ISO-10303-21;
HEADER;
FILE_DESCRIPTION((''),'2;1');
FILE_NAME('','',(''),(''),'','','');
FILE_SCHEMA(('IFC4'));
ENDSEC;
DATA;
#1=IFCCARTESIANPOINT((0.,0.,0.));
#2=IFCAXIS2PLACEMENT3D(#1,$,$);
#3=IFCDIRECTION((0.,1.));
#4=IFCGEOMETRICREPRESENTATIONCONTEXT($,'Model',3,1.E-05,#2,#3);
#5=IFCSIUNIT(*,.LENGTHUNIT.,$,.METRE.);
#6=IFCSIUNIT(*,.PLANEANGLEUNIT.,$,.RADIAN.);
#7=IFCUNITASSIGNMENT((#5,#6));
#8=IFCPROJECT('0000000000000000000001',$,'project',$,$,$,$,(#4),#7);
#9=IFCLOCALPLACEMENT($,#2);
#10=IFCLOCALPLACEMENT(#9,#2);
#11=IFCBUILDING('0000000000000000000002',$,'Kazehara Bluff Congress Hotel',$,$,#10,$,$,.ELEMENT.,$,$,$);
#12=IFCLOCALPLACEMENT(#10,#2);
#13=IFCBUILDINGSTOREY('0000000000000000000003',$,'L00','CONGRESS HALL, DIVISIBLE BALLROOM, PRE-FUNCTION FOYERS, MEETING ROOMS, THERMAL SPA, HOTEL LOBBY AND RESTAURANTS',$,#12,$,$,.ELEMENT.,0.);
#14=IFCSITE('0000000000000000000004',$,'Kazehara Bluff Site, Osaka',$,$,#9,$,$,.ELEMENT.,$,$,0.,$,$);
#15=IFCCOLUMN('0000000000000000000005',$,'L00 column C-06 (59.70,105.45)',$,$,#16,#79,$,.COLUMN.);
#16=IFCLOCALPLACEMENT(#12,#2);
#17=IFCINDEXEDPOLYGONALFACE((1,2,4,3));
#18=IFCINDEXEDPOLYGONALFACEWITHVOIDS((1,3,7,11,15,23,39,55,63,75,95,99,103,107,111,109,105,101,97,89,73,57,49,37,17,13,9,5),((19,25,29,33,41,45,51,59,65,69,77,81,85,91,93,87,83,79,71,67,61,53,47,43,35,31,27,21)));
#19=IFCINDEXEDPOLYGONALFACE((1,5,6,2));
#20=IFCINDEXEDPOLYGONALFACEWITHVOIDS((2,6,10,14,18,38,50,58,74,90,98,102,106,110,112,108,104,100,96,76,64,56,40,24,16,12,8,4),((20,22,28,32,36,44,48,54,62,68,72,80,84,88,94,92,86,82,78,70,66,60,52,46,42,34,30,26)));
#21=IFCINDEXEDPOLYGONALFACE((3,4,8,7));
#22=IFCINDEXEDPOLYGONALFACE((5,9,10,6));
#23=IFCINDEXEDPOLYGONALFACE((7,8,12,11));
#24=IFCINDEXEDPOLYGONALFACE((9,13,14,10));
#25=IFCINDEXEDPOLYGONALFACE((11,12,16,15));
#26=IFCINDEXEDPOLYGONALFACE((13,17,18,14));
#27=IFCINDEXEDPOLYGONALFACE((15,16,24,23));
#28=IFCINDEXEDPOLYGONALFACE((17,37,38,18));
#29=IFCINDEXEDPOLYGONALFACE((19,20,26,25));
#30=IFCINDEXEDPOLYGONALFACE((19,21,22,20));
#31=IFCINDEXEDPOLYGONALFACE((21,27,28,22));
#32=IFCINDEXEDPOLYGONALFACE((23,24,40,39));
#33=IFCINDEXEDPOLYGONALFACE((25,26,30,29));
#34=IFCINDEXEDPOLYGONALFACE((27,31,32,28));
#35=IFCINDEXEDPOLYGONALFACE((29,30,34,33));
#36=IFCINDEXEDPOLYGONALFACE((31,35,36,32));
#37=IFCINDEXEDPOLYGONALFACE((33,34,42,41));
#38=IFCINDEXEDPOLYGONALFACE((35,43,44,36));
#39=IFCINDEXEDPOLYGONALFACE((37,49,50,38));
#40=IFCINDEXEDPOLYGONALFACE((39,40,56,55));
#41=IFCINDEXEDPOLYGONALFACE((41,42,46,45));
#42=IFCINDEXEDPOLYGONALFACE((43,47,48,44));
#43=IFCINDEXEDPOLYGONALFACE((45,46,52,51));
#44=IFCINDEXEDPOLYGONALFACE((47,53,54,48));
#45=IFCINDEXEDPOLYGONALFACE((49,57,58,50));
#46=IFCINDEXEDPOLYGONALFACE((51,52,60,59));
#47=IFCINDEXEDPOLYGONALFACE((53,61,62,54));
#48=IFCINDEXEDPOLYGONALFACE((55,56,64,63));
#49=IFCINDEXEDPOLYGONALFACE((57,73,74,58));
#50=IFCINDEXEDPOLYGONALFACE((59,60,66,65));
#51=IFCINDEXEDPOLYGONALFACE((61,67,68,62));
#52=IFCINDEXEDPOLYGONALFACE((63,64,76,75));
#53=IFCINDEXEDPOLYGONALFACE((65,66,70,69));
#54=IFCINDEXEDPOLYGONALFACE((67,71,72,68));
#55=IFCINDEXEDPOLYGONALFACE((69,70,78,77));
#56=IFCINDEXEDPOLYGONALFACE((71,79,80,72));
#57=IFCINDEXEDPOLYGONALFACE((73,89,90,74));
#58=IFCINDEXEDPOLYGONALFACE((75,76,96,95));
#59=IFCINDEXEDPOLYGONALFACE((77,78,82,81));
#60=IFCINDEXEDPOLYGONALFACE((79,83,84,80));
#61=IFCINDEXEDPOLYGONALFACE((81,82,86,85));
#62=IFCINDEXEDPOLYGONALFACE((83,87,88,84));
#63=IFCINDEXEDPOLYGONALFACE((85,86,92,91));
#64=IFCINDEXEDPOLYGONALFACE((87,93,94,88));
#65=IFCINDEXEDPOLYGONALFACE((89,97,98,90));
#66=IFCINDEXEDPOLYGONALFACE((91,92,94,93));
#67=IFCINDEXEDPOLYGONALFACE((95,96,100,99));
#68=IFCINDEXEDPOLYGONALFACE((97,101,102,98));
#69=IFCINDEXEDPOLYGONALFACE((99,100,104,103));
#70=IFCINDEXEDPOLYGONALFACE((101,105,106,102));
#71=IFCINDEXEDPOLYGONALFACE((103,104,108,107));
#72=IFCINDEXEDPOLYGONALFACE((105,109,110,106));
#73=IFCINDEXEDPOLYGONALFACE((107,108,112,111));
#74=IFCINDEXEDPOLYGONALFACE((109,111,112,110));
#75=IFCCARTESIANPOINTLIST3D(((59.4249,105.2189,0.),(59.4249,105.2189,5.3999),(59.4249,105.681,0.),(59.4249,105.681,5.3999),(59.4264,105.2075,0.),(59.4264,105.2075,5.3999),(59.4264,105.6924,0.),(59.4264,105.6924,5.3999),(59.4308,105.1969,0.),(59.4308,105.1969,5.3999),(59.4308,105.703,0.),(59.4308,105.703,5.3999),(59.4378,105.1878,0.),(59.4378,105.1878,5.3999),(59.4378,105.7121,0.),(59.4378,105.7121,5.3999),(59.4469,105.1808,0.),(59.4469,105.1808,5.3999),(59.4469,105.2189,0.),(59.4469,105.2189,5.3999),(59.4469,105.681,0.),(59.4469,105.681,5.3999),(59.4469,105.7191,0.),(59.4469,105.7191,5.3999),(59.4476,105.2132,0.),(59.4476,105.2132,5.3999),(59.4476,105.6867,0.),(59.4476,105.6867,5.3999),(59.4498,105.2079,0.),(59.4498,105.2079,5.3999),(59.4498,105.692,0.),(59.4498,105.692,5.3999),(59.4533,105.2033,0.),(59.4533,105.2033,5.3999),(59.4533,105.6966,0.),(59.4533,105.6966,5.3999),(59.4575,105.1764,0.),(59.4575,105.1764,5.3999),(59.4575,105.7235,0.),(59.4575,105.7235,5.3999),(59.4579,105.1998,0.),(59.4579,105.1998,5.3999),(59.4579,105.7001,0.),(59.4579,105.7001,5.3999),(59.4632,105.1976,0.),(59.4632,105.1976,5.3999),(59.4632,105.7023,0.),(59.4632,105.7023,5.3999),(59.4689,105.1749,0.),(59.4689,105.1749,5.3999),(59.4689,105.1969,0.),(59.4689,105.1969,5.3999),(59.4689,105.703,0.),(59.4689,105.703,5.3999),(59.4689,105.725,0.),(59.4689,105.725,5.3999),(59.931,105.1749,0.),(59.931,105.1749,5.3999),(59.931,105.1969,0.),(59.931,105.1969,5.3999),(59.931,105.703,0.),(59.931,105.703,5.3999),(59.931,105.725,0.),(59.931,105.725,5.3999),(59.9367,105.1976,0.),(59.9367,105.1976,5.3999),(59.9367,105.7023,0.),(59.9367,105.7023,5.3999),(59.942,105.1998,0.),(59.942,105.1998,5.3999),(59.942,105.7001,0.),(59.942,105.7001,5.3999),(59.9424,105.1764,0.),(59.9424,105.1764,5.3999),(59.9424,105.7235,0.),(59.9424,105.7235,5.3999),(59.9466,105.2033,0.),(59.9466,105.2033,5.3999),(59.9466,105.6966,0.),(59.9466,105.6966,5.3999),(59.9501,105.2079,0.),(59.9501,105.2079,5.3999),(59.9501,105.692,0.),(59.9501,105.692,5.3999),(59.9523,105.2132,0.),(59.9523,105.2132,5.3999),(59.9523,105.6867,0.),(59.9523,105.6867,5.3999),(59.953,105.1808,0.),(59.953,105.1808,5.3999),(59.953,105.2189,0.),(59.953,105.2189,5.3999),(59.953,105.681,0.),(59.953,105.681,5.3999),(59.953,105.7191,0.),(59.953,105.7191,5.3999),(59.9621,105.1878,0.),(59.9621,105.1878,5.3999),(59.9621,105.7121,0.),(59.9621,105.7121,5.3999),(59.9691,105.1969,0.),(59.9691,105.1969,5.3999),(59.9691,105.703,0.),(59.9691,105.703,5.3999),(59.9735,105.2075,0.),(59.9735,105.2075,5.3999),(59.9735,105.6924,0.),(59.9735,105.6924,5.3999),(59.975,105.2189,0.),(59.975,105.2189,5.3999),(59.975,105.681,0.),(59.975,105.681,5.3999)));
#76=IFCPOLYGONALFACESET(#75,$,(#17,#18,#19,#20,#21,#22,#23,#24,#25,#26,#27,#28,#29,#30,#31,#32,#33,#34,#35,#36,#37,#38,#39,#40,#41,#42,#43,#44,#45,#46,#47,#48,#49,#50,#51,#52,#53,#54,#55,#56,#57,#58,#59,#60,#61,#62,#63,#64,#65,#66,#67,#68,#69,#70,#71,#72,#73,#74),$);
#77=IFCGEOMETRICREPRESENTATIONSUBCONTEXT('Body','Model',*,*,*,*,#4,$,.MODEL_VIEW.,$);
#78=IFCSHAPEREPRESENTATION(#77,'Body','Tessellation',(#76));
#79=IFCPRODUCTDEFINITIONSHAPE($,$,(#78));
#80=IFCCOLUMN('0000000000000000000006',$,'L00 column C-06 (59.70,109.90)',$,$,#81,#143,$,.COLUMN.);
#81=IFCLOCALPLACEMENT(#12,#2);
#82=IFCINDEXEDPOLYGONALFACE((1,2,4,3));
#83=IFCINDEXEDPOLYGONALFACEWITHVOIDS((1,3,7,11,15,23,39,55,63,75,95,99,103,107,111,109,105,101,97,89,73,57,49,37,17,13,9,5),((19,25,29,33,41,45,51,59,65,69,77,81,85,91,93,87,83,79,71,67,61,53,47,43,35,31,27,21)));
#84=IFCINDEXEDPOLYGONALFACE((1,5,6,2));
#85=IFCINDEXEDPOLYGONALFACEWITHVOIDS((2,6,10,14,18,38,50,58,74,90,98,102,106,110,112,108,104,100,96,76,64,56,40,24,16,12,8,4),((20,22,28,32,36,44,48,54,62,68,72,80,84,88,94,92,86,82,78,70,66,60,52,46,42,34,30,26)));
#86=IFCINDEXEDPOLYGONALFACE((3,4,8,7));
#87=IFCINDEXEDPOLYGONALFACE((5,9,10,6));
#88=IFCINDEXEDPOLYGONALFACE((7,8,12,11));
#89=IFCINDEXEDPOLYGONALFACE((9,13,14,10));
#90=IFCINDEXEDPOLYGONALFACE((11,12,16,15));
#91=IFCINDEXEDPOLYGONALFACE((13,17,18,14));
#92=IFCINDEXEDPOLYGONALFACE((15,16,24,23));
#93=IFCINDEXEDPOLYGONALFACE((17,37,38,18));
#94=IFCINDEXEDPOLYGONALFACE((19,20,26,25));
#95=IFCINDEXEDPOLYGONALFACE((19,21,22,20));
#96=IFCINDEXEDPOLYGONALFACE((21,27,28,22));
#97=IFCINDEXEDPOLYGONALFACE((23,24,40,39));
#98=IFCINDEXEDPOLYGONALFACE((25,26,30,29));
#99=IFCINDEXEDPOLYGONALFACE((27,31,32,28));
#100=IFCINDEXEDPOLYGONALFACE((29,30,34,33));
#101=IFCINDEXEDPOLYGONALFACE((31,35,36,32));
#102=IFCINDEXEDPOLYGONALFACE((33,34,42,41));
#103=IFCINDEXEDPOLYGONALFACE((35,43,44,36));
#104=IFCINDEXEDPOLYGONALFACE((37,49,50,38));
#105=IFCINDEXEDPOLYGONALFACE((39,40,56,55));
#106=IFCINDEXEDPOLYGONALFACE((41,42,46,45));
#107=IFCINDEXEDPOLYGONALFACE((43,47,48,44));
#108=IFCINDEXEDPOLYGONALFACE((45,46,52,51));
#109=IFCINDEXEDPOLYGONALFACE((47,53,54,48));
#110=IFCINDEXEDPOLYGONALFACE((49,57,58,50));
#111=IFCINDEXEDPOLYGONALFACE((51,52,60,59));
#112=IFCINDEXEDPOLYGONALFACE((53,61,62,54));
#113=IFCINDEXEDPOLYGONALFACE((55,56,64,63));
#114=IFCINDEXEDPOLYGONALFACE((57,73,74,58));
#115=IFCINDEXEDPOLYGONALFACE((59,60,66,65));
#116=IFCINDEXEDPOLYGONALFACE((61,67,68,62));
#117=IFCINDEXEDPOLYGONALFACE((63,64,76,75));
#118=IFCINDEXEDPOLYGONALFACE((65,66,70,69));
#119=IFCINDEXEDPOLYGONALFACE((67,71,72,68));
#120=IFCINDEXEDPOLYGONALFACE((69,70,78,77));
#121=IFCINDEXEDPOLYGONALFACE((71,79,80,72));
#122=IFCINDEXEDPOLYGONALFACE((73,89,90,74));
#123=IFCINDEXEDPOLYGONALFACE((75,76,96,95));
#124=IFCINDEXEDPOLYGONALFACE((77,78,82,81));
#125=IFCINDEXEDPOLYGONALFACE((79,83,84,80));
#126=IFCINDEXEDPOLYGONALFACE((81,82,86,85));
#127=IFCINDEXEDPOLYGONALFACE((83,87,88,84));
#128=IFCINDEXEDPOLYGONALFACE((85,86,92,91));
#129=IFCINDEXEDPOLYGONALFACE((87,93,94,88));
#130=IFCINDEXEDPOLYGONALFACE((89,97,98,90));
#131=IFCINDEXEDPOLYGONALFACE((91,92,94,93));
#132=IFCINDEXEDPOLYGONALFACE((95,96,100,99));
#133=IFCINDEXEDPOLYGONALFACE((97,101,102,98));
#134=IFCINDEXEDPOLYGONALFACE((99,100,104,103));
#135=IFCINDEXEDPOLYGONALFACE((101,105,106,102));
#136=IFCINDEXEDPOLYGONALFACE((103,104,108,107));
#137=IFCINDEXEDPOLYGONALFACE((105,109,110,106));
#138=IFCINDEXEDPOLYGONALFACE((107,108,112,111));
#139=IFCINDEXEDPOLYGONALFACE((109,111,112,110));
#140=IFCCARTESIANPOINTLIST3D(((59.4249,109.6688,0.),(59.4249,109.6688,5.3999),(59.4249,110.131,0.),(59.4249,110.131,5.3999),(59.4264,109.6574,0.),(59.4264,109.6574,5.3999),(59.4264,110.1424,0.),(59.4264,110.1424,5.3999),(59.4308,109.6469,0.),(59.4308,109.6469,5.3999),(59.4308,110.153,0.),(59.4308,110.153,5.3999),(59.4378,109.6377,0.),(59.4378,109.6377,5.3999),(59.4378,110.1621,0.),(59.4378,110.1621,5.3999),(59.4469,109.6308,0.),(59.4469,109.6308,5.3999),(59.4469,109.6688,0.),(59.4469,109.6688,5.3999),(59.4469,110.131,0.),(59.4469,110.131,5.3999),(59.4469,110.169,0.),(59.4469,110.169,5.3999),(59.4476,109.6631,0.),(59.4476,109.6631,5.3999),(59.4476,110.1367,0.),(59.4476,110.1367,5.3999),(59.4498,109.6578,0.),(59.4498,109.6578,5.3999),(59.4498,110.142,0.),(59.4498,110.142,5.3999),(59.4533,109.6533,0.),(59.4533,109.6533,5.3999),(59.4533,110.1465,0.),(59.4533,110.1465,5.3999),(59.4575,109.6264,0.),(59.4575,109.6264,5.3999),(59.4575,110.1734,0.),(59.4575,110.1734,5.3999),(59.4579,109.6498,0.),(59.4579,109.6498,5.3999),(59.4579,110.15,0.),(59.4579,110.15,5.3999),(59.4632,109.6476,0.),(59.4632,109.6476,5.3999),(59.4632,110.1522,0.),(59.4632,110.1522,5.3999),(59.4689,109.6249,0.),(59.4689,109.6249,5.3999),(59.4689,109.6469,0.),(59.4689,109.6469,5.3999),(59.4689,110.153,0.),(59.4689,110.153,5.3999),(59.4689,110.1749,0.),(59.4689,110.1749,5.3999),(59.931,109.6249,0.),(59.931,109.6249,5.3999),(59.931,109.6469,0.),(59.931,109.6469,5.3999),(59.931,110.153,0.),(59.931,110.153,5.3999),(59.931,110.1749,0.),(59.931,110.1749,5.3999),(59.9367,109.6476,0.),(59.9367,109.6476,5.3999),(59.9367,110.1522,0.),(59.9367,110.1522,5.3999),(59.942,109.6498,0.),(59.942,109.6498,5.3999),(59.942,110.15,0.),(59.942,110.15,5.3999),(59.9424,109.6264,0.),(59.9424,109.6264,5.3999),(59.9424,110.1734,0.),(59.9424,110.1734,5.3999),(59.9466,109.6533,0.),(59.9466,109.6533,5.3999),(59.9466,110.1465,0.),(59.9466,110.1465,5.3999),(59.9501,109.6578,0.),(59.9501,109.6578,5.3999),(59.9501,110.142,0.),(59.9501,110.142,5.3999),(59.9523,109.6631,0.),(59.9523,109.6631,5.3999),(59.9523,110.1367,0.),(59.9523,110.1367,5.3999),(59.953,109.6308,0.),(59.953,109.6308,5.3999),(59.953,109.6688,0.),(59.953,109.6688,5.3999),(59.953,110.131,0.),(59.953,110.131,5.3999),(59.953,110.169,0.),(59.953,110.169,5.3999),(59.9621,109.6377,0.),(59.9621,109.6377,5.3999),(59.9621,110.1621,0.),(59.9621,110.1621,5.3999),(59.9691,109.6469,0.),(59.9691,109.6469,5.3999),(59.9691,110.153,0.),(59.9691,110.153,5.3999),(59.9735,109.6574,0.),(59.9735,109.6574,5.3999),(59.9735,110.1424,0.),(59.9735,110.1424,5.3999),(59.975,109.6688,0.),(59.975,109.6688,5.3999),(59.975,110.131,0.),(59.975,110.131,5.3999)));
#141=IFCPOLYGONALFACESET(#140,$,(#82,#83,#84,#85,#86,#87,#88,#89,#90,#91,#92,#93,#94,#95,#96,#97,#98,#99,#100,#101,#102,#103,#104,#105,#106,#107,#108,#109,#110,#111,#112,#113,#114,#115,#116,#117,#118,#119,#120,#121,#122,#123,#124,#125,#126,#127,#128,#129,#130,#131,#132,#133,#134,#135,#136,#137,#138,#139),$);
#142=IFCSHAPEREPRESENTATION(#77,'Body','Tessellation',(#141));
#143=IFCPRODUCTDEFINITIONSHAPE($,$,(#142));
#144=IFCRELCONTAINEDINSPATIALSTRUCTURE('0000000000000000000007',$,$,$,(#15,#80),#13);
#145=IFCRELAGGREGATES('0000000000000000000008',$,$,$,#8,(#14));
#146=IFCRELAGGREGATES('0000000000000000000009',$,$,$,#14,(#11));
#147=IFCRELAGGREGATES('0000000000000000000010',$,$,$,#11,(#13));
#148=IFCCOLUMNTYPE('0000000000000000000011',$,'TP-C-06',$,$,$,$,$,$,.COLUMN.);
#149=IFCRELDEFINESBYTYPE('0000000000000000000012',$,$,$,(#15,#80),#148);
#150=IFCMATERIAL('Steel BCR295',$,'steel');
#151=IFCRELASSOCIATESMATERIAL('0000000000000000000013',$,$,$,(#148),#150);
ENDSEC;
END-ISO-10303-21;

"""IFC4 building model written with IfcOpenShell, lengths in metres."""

from ifc_helpers import new_model, si_unit, direction, frame, origin, origin_2d, place, context, subcontext, project, spatial, hollow_rectangle, extrude, material, material_profile, profile_set, type_object, element, save


model = new_model("IFC4")

# Units and contexts
model_context = context("Model", 3, precision=1e-05, world=origin(), true_north=direction((0.0, 1.0)))
body_context = subcontext(model_context, "Body", "Model", "MODEL_VIEW")
ifc_project = project(units=[si_unit("LENGTHUNIT", "METRE"), si_unit("PLANEANGLEUNIT", "RADIAN")], contexts=[model_context])

# Site, building, storey
site_placement = place(None, origin())
site = spatial("IfcSite", under=ifc_project, at=site_placement, Name="Kazehara Bluff Site, Osaka", CompositionType="ELEMENT", RefElevation=0.0)
building_placement = place(site_placement, origin())
building = spatial("IfcBuilding", under=site, at=building_placement, Name="Kazehara Bluff Congress Hotel", CompositionType="ELEMENT")
storey_placement = place(building_placement, origin())
storey = spatial("IfcBuildingStorey", under=building, at=storey_placement, Name="L00", Description="CONGRESS HALL, DIVISIBLE BALLROOM, PRE-FUNCTION FOYERS, MEETING ROOMS, THERMAL SPA, HOTEL LOBBY AND RESTAURANTS", CompositionType="ELEMENT", Elevation=0.0)

# Columns
ifc_material_1 = material(Name="Steel BCR295", Category="steel")
ifc_material_profile_1 = material_profile(ifc_material_1, hollow_rectangle(XDim=0.55, YDim=0.55, WallThickness=0.022, InnerFilletRadius=0.022, OuterFilletRadius=0.0439, at=origin_2d()))
ifc_profile_set_1 = profile_set([ifc_material_profile_1], Name="Steel BCR295")
column_type_1 = type_object("IfcColumnType", Name="TP-C-06", PredefinedType="COLUMN", material=ifc_profile_set_1)
for number, where, z_axis, x_axis, name in (
    (1, (59.7, 105.45, 0.0), (0.0, 0.0, 1.0), (1.0, 0.0, 0.0), "L00 column C-06 (59.70,105.45)"),
    (2, (59.7, 109.8999, 0.0), (0.0, 0.0, 1.0), (1.0, 0.0, 0.0), "L00 column C-06 (59.70,109.90)"),
):
    element("IfcColumn", number, at=place(storey_placement, frame(where, z_axis=z_axis, x_axis=x_axis)), inside=storey, type_object=column_type_1, Name=name, PredefinedType="COLUMN", context=body_context, shape_type="SweptSolid", body=[
        extrude(hollow_rectangle(XDim=0.55, YDim=0.55, WallThickness=0.022, InnerFilletRadius=0.022, OuterFilletRadius=0.0439, at=origin_2d()), origin(), (0.0, 0.0, 1.0), 5.3999),
    ])

save(model, "model.ifc")
